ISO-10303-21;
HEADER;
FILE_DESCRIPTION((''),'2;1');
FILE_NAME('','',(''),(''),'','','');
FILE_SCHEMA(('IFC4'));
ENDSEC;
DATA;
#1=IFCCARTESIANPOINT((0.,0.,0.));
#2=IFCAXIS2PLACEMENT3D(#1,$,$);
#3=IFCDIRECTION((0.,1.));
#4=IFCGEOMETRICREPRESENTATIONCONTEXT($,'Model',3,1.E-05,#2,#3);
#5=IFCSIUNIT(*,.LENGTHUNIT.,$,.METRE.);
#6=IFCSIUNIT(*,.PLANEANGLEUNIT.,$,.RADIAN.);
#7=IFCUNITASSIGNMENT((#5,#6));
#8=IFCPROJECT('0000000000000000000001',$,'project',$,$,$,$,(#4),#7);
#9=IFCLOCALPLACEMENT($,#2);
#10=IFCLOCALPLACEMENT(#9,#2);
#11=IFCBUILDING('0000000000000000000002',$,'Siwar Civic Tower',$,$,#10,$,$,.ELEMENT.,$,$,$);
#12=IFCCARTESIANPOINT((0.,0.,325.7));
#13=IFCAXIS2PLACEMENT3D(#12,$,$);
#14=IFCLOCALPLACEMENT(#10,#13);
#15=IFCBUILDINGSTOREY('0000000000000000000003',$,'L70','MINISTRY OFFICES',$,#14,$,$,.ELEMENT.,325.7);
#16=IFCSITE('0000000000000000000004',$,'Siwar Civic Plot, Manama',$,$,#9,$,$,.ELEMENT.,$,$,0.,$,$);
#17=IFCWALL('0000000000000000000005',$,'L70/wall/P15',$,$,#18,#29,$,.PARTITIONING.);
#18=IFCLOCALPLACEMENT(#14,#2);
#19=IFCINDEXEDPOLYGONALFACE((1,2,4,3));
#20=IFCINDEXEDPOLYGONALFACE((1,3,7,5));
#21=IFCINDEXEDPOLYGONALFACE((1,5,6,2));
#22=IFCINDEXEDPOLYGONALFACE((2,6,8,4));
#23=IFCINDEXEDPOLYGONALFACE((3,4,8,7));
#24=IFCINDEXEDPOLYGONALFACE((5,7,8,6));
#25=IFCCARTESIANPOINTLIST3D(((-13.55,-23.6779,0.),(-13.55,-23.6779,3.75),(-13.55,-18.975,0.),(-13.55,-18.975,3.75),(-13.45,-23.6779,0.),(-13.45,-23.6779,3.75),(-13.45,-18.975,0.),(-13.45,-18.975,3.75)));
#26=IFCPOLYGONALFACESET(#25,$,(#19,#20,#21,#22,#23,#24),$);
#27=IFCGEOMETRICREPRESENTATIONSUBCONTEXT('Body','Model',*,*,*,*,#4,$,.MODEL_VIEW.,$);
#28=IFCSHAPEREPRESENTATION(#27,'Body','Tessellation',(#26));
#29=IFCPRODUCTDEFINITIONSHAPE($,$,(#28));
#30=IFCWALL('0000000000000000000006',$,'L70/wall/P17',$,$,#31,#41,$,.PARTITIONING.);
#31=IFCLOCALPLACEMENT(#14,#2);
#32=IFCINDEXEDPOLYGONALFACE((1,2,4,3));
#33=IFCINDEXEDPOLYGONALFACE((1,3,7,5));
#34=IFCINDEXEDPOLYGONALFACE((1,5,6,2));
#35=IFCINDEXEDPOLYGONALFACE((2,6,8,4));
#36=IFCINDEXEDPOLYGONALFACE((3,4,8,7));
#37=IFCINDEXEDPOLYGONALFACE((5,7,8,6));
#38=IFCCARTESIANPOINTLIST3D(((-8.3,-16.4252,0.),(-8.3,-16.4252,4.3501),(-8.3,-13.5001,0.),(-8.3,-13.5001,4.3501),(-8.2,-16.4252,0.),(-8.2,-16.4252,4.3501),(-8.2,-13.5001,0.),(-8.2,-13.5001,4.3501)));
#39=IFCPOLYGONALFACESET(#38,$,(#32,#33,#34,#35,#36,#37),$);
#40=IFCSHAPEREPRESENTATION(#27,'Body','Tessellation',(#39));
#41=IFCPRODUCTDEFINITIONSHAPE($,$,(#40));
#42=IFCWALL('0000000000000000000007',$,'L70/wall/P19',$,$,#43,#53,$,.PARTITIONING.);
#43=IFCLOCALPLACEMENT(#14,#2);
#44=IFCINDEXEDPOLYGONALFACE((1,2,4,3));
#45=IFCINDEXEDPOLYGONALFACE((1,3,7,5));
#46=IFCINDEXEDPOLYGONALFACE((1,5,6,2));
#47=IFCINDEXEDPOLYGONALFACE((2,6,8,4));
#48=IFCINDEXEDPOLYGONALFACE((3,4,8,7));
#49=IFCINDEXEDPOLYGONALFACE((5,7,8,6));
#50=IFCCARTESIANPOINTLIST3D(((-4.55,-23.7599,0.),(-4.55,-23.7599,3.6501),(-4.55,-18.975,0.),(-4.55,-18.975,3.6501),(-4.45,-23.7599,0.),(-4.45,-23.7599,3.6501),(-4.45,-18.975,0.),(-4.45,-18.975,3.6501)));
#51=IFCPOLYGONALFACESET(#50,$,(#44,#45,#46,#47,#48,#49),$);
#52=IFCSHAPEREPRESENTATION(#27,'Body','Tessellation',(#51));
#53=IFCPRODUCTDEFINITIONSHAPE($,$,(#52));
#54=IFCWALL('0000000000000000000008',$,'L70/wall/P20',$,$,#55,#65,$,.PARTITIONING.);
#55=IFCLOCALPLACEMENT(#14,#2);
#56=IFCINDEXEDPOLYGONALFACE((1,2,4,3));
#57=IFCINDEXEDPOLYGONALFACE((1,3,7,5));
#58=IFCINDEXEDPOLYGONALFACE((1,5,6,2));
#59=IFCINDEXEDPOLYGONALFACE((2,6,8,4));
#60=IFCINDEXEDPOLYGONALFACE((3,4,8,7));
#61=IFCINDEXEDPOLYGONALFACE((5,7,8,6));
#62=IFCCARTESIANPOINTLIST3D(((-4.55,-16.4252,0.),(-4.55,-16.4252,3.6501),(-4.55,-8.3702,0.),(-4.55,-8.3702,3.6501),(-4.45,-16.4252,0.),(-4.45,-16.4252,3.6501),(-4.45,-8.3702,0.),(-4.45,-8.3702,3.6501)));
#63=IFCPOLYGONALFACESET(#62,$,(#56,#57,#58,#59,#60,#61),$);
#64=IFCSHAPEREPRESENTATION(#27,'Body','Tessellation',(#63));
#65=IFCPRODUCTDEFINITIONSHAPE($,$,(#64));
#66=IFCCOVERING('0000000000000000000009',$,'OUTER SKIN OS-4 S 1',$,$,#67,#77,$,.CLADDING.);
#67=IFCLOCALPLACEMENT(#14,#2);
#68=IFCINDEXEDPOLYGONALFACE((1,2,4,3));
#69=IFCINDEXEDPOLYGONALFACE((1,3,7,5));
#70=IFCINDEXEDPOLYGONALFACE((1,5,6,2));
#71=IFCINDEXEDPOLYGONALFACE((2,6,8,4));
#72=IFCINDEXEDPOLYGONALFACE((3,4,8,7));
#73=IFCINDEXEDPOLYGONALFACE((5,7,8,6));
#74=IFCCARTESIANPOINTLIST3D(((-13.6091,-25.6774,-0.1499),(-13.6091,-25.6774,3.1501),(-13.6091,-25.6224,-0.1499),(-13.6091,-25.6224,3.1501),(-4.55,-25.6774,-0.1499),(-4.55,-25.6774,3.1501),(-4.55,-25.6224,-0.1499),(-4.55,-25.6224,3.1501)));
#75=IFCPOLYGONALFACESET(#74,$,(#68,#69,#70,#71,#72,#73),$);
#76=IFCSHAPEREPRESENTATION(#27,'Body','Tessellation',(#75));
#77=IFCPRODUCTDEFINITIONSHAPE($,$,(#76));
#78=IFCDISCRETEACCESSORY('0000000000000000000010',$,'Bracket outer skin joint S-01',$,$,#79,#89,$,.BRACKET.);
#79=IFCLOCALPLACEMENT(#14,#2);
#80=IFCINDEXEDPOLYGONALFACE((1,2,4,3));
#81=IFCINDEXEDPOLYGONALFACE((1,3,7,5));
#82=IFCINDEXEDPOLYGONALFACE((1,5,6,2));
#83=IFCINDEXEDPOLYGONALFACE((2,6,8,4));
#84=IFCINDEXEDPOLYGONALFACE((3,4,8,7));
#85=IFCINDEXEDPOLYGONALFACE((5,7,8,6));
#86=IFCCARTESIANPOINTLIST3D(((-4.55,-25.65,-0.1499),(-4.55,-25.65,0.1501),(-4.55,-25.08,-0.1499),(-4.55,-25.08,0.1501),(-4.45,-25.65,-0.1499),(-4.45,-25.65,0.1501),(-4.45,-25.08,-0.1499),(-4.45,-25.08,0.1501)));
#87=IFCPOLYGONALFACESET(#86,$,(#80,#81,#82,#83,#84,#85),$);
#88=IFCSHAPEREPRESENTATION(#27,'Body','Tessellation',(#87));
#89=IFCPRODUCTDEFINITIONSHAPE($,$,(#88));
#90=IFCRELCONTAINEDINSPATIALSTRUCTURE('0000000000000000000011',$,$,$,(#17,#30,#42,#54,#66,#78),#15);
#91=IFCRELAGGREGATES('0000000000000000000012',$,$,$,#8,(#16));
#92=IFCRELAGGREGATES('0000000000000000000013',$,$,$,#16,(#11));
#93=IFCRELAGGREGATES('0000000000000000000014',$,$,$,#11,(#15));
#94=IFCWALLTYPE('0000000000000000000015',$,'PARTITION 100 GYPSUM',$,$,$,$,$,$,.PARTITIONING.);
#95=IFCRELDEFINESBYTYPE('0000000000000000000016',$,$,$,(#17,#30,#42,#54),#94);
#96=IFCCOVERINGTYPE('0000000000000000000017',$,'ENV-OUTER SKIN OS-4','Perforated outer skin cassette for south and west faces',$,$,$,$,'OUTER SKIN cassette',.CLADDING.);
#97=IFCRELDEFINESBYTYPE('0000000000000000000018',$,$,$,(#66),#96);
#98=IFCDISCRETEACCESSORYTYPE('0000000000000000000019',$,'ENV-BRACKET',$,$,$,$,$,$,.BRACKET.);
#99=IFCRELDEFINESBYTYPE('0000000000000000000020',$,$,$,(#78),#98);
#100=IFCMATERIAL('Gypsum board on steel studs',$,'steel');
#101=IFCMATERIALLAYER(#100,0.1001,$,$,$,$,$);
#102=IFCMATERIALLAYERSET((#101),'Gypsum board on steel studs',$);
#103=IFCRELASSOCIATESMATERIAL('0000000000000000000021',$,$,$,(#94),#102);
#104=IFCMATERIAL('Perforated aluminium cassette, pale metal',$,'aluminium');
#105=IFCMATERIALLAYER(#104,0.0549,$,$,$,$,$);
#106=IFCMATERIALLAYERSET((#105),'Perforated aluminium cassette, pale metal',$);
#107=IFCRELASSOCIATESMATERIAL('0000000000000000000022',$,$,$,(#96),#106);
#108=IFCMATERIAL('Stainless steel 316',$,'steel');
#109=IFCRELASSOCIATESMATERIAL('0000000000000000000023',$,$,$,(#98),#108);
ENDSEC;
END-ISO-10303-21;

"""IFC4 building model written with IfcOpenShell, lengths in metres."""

from ifc_helpers import new_model, si_unit, direction, frame, frame_2d, origin, origin_2d, place, context, subcontext, project, spatial, rectangle, extrude, material, layer, layer_set, type_object, element, save


model = new_model("IFC4")

# Units and contexts
model_context = context("Model", 3, precision=1e-05, world=origin(), true_north=direction((0.0, 1.0)))
body_context = subcontext(model_context, "Body", "Model", "MODEL_VIEW")
ifc_project = project(units=[si_unit("LENGTHUNIT", "METRE"), si_unit("PLANEANGLEUNIT", "RADIAN")], contexts=[model_context])

# Site, building, storey
site_placement = place(None, origin())
site = spatial("IfcSite", under=ifc_project, at=site_placement, Name="Siwar Civic Plot, Manama", CompositionType="ELEMENT", RefElevation=0.0)
building_placement = place(site_placement, origin())
building = spatial("IfcBuilding", under=site, at=building_placement, Name="Siwar Civic Tower", CompositionType="ELEMENT")
storey_placement = place(building_placement, frame((0.0, 0.0, 325.7)))
storey = spatial("IfcBuildingStorey", under=building, at=storey_placement, Name="L70", Description="MINISTRY OFFICES", CompositionType="ELEMENT", Elevation=325.7)

# Walls
ifc_material_1 = material(Name="Gypsum board on steel studs", Category="steel")
ifc_layer_1 = layer(ifc_material_1, 0.1001)
ifc_layer_set_1 = layer_set([ifc_layer_1], Name="Gypsum board on steel studs")
wall_type = type_object("IfcWallType", Name="PARTITION 100 GYPSUM", PredefinedType="PARTITIONING", material=ifc_layer_set_1)
wall_1_placement = place(storey_placement, frame((-13.5, -23.678, 0.0), z_axis=(0.0, 0.0, 1.0), x_axis=(0.0, 1.0, 0.0)))
element("IfcWall", 1, at=wall_1_placement, inside=storey, type_object=wall_type, Name="L70/wall/P15", PredefinedType="PARTITIONING", context=body_context, shape_type="SweptSolid", body=[
    extrude(rectangle(XDim=4.7029, YDim=0.1001, at=frame_2d((2.3516, 0.0))), origin(), (0.0, 0.0, 1.0), 3.75),
])
wall_2_placement = place(storey_placement, frame((-8.25, -16.425, 0.0), z_axis=(0.0, 0.0, 1.0), x_axis=(0.0, 1.0, 0.0)))
element("IfcWall", 2, at=wall_2_placement, inside=storey, type_object=wall_type, Name="L70/wall/P17", PredefinedType="PARTITIONING", context=body_context, shape_type="SweptSolid", body=[
    extrude(rectangle(XDim=2.925, YDim=0.1001, at=frame_2d((1.4624, 0.0))), origin(), (0.0, 0.0, 1.0), 4.3501),
])
wall_3_placement = place(storey_placement, frame((-4.5, -23.76, 0.0), z_axis=(0.0, 0.0, 1.0), x_axis=(0.0, 1.0, 0.0)))
element("IfcWall", 3, at=wall_3_placement, inside=storey, type_object=wall_type, Name="L70/wall/P19", PredefinedType="PARTITIONING", context=body_context, shape_type="SweptSolid", body=[
    extrude(rectangle(XDim=4.7849, YDim=0.1001, at=frame_2d((2.3926, 0.0))), origin(), (0.0, 0.0, 1.0), 3.6501),
])
wall_4_placement = place(storey_placement, frame((-4.5, -16.425, 0.0), z_axis=(0.0, 0.0, 1.0), x_axis=(0.0, 1.0, 0.0)))
element("IfcWall", 4, at=wall_4_placement, inside=storey, type_object=wall_type, Name="L70/wall/P20", PredefinedType="PARTITIONING", context=body_context, shape_type="SweptSolid", body=[
    extrude(rectangle(XDim=8.0549, YDim=0.1001, at=frame_2d((4.0273, 0.0))), origin(), (0.0, 0.0, 1.0), 3.6501),
])

# Covering
ifc_material_2 = material(Name="Perforated aluminium cassette, pale metal", Category="aluminium")
ifc_layer_2 = layer(ifc_material_2, 0.0549)
ifc_layer_set_2 = layer_set([ifc_layer_2], Name="Perforated aluminium cassette, pale metal")
covering_type = type_object("IfcCoveringType", Name="ENV-OUTER SKIN OS-4", Description="Perforated outer skin cassette for south and west faces", ElementType="OUTER SKIN cassette", PredefinedType="CLADDING", material=ifc_layer_set_2)
covering_placement = place(storey_placement, frame((-9.0796, -25.6499, -0.1499), z_axis=(0.0, 0.0, 1.0), x_axis=(1.0, 0.0, 0.0)))
element("IfcCovering", 5, at=covering_placement, inside=storey, type_object=covering_type, Name="OUTER SKIN OS-4 S 1", PredefinedType="CLADDING", context=body_context, shape_type="SweptSolid", body=[
    extrude(rectangle(XDim=9.0591, YDim=0.0549, at=origin_2d()), origin(), (0.0, 0.0, 1.0), 3.3),
])

# Discrete accessory
ifc_material_3 = material(Name="Stainless steel 316", Category="steel")
discrete_accessory_type = type_object("IfcDiscreteAccessoryType", Name="ENV-BRACKET", PredefinedType="BRACKET", material=ifc_material_3)
discrete_accessory_placement = place(storey_placement, frame((-4.5, -25.365, -0.1499), z_axis=(0.0, 0.0, 1.0), x_axis=(0.0, -1.0, 0.0)))
element("IfcDiscreteAccessory", 6, at=discrete_accessory_placement, inside=storey, type_object=discrete_accessory_type, Name="Bracket outer skin joint S-01", PredefinedType="BRACKET", context=body_context, shape_type="SweptSolid", body=[
    extrude(rectangle(XDim=0.5701, YDim=0.1001, at=origin_2d()), origin(), (0.0, 0.0, 1.0), 0.3),
])

save(model, "model.ifc")
